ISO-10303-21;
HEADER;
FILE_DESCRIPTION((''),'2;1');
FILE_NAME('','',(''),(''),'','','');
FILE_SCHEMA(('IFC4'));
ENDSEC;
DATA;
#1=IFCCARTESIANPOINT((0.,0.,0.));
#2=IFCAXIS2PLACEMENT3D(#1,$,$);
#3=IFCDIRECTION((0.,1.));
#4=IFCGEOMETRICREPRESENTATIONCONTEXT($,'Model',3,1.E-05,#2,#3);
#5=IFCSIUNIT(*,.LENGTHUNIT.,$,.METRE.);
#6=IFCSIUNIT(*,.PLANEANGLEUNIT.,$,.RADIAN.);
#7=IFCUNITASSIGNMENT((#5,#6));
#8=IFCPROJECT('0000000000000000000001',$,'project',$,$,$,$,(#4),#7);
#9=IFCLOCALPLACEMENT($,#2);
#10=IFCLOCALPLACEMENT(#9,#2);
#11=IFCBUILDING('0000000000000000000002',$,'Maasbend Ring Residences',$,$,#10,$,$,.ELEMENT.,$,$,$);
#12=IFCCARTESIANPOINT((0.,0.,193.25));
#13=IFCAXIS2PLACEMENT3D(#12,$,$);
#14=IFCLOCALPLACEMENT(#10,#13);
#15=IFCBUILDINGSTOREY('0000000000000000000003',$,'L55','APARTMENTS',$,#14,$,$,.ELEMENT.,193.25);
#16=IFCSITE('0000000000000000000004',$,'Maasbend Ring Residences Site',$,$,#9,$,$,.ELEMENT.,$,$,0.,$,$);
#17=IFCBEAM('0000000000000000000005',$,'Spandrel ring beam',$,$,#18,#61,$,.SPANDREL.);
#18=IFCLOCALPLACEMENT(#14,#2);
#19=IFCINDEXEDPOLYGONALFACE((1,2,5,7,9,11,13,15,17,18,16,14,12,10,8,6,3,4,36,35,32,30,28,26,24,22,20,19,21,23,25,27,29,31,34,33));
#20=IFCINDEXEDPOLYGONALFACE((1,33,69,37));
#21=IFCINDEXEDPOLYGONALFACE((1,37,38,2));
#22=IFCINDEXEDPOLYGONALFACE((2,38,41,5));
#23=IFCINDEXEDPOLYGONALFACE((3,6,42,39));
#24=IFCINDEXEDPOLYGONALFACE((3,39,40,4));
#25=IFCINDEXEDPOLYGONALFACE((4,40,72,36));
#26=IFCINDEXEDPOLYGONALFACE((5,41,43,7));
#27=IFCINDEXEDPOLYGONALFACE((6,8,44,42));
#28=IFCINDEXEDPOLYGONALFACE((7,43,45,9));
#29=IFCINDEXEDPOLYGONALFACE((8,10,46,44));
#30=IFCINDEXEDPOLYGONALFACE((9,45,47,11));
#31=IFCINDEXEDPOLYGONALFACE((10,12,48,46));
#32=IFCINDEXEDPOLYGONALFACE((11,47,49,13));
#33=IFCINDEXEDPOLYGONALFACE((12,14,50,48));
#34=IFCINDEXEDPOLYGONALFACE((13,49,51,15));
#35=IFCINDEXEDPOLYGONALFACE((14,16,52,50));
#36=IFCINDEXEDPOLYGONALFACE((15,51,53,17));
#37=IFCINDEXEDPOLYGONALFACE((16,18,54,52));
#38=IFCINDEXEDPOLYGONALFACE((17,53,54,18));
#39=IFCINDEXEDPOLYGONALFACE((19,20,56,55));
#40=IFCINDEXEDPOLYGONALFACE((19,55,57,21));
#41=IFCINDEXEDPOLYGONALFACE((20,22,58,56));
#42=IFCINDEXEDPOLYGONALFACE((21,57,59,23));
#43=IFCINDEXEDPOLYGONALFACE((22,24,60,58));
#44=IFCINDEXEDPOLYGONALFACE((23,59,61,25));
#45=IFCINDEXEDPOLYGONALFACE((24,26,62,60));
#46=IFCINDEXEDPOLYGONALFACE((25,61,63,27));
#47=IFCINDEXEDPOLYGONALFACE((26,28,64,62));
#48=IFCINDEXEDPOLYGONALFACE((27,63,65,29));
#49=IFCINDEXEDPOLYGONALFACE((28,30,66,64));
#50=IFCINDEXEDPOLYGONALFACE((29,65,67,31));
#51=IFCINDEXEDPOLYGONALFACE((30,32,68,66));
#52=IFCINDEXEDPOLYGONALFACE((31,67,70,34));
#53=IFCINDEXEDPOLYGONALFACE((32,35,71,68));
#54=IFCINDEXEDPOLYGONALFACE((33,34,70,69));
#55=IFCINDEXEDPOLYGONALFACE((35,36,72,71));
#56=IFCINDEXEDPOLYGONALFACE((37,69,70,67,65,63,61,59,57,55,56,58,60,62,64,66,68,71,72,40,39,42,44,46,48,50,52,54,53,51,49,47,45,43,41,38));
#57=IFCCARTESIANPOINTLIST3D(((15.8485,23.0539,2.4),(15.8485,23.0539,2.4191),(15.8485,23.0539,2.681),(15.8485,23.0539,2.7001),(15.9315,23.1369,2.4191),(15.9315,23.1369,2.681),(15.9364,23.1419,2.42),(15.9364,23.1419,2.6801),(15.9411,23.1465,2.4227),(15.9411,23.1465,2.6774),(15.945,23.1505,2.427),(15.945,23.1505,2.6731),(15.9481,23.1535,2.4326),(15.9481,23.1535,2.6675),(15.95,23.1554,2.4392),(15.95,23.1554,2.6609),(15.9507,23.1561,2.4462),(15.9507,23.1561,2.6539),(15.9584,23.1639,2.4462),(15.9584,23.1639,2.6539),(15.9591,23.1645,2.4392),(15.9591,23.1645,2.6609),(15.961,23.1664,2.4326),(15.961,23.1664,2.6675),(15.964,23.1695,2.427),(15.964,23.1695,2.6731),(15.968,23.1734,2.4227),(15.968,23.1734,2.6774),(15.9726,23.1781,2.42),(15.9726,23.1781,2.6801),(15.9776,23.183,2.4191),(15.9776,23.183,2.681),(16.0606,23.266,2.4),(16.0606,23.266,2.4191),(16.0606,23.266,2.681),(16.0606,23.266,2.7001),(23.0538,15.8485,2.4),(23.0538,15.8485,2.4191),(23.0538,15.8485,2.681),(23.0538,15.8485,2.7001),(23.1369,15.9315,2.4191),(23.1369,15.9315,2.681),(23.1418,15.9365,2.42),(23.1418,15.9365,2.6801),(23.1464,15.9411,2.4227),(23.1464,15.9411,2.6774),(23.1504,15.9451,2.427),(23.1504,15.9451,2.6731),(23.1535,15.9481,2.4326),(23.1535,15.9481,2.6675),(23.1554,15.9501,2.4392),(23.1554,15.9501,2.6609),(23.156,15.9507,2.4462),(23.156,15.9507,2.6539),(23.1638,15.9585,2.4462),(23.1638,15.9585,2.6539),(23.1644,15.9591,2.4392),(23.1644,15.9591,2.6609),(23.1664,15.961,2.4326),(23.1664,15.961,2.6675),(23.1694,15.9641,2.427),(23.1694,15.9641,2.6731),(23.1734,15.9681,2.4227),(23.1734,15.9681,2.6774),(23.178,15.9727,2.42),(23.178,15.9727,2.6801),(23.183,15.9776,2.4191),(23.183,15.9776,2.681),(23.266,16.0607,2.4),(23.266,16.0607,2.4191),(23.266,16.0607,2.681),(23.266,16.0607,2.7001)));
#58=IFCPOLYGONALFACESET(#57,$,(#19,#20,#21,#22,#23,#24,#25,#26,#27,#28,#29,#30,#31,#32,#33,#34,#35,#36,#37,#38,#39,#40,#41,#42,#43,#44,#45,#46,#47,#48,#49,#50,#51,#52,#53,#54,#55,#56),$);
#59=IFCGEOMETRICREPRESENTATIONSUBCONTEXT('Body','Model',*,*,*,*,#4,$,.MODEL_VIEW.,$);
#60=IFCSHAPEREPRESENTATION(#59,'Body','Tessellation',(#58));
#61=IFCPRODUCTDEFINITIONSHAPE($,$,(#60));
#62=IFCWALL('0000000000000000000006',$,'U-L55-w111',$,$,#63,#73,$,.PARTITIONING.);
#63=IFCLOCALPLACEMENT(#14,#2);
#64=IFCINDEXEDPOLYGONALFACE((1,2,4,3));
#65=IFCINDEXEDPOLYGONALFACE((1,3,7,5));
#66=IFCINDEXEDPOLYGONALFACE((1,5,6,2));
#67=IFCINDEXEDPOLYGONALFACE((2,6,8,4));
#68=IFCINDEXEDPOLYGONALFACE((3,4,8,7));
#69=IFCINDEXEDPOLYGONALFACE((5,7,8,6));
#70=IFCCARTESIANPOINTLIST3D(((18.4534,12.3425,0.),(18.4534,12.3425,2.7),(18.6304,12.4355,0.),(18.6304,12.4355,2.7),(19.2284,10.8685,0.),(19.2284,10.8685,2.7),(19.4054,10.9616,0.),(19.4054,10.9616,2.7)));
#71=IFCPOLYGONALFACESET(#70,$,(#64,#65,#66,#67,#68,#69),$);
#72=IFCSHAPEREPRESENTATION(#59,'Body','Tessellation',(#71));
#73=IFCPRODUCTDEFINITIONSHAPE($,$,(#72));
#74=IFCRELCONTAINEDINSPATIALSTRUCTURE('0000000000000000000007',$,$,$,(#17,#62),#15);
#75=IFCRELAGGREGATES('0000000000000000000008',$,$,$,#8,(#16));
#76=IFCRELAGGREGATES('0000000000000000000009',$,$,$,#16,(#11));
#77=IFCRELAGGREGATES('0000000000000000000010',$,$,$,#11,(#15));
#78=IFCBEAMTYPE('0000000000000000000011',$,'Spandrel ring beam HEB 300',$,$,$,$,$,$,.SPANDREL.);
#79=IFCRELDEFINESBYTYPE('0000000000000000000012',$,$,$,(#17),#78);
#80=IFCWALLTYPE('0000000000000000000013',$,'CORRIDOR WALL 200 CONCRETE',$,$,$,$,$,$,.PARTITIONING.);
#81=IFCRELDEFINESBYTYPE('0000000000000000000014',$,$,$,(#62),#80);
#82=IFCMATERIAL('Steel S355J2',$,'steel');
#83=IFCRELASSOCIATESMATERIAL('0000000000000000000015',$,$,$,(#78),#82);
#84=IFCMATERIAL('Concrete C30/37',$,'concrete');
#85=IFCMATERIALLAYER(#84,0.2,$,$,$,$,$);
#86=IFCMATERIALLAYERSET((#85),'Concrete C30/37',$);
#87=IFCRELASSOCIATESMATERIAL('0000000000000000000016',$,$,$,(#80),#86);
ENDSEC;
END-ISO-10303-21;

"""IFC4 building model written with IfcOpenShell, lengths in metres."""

from ifc_helpers import new_model, si_unit, direction, frame, frame_2d, origin, origin_2d, place, context, subcontext, project, spatial, rectangle, i_section, extrude, material, layer, layer_set, material_profile, profile_set, type_object, element, save


model = new_model("IFC4")

# Units and contexts
model_context = context("Model", 3, precision=1e-05, world=origin(), true_north=direction((0.0, 1.0)))
body_context = subcontext(model_context, "Body", "Model", "MODEL_VIEW")
ifc_project = project(units=[si_unit("LENGTHUNIT", "METRE"), si_unit("PLANEANGLEUNIT", "RADIAN")], contexts=[model_context])

# Site, building, storey
site_placement = place(None, origin())
site = spatial("IfcSite", under=ifc_project, at=site_placement, Name="Maasbend Ring Residences Site", CompositionType="ELEMENT", RefElevation=0.0)
building_placement = place(site_placement, origin())
building = spatial("IfcBuilding", under=site, at=building_placement, Name="Maasbend Ring Residences", CompositionType="ELEMENT")
storey_placement = place(building_placement, frame((0.0, 0.0, 193.25)))
storey = spatial("IfcBuildingStorey", under=building, at=storey_placement, Name="L55", Description="APARTMENTS", CompositionType="ELEMENT", Elevation=193.25)

# Beam
ifc_material_1 = material(Name="Steel S355J2", Category="steel")
ifc_material_profile_1 = material_profile(ifc_material_1, i_section(OverallWidth=0.3, OverallDepth=0.3, WebThickness=0.011, FlangeThickness=0.019, FilletRadius=0.0271, at=origin_2d()), Name="HEB 300")
ifc_profile_set_1 = profile_set([ifc_material_profile_1], Name="Steel S355J2")
beam_type_1 = type_object("IfcBeamType", Name="Spandrel ring beam HEB 300", PredefinedType="SPANDREL", material=ifc_profile_set_1)
beam_1_placement = place(storey_placement, frame((23.1599, 15.9546, 2.55), z_axis=(-0.707107, 0.707107, 0.0), x_axis=(-0.707107, -0.707107, 0.0)))
element("IfcBeam", 1, at=beam_1_placement, inside=storey, type_object=beam_type_1, Name="Spandrel ring beam", PredefinedType="SPANDREL", context=body_context, shape_type="SweptSolid", body=[
    extrude(i_section(OverallWidth=0.3, OverallDepth=0.3, WebThickness=0.011, FlangeThickness=0.019, FilletRadius=0.0271, at=origin_2d()), origin(), (0.0, 0.0, 1.0), 10.1899),
])

# Wall
ifc_material_2 = material(Name="Concrete C30/37", Category="concrete")
ifc_layer_1 = layer(ifc_material_2, 0.2)
ifc_layer_set_1 = layer_set([ifc_layer_1], Name="Concrete C30/37")
wall_type_1 = type_object("IfcWallType", Name="CORRIDOR WALL 200 CONCRETE", PredefinedType="PARTITIONING", material=ifc_layer_set_1)
wall_1_placement = place(storey_placement, frame((18.542, 12.3889, 0.0), z_axis=(0.0, 0.0, 1.0), x_axis=(0.46536, -0.885122, 0.0)))
element("IfcWall", 2, at=wall_1_placement, inside=storey, type_object=wall_type_1, Name="U-L55-w111", PredefinedType="PARTITIONING", context=body_context, shape_type="SweptSolid", body=[
    extrude(rectangle(XDim=1.6653, YDim=0.2, at=frame_2d((0.8325, 0.0))), origin(), (0.0, 0.0, 1.0), 2.7),
])

save(model, "model.ifc")
